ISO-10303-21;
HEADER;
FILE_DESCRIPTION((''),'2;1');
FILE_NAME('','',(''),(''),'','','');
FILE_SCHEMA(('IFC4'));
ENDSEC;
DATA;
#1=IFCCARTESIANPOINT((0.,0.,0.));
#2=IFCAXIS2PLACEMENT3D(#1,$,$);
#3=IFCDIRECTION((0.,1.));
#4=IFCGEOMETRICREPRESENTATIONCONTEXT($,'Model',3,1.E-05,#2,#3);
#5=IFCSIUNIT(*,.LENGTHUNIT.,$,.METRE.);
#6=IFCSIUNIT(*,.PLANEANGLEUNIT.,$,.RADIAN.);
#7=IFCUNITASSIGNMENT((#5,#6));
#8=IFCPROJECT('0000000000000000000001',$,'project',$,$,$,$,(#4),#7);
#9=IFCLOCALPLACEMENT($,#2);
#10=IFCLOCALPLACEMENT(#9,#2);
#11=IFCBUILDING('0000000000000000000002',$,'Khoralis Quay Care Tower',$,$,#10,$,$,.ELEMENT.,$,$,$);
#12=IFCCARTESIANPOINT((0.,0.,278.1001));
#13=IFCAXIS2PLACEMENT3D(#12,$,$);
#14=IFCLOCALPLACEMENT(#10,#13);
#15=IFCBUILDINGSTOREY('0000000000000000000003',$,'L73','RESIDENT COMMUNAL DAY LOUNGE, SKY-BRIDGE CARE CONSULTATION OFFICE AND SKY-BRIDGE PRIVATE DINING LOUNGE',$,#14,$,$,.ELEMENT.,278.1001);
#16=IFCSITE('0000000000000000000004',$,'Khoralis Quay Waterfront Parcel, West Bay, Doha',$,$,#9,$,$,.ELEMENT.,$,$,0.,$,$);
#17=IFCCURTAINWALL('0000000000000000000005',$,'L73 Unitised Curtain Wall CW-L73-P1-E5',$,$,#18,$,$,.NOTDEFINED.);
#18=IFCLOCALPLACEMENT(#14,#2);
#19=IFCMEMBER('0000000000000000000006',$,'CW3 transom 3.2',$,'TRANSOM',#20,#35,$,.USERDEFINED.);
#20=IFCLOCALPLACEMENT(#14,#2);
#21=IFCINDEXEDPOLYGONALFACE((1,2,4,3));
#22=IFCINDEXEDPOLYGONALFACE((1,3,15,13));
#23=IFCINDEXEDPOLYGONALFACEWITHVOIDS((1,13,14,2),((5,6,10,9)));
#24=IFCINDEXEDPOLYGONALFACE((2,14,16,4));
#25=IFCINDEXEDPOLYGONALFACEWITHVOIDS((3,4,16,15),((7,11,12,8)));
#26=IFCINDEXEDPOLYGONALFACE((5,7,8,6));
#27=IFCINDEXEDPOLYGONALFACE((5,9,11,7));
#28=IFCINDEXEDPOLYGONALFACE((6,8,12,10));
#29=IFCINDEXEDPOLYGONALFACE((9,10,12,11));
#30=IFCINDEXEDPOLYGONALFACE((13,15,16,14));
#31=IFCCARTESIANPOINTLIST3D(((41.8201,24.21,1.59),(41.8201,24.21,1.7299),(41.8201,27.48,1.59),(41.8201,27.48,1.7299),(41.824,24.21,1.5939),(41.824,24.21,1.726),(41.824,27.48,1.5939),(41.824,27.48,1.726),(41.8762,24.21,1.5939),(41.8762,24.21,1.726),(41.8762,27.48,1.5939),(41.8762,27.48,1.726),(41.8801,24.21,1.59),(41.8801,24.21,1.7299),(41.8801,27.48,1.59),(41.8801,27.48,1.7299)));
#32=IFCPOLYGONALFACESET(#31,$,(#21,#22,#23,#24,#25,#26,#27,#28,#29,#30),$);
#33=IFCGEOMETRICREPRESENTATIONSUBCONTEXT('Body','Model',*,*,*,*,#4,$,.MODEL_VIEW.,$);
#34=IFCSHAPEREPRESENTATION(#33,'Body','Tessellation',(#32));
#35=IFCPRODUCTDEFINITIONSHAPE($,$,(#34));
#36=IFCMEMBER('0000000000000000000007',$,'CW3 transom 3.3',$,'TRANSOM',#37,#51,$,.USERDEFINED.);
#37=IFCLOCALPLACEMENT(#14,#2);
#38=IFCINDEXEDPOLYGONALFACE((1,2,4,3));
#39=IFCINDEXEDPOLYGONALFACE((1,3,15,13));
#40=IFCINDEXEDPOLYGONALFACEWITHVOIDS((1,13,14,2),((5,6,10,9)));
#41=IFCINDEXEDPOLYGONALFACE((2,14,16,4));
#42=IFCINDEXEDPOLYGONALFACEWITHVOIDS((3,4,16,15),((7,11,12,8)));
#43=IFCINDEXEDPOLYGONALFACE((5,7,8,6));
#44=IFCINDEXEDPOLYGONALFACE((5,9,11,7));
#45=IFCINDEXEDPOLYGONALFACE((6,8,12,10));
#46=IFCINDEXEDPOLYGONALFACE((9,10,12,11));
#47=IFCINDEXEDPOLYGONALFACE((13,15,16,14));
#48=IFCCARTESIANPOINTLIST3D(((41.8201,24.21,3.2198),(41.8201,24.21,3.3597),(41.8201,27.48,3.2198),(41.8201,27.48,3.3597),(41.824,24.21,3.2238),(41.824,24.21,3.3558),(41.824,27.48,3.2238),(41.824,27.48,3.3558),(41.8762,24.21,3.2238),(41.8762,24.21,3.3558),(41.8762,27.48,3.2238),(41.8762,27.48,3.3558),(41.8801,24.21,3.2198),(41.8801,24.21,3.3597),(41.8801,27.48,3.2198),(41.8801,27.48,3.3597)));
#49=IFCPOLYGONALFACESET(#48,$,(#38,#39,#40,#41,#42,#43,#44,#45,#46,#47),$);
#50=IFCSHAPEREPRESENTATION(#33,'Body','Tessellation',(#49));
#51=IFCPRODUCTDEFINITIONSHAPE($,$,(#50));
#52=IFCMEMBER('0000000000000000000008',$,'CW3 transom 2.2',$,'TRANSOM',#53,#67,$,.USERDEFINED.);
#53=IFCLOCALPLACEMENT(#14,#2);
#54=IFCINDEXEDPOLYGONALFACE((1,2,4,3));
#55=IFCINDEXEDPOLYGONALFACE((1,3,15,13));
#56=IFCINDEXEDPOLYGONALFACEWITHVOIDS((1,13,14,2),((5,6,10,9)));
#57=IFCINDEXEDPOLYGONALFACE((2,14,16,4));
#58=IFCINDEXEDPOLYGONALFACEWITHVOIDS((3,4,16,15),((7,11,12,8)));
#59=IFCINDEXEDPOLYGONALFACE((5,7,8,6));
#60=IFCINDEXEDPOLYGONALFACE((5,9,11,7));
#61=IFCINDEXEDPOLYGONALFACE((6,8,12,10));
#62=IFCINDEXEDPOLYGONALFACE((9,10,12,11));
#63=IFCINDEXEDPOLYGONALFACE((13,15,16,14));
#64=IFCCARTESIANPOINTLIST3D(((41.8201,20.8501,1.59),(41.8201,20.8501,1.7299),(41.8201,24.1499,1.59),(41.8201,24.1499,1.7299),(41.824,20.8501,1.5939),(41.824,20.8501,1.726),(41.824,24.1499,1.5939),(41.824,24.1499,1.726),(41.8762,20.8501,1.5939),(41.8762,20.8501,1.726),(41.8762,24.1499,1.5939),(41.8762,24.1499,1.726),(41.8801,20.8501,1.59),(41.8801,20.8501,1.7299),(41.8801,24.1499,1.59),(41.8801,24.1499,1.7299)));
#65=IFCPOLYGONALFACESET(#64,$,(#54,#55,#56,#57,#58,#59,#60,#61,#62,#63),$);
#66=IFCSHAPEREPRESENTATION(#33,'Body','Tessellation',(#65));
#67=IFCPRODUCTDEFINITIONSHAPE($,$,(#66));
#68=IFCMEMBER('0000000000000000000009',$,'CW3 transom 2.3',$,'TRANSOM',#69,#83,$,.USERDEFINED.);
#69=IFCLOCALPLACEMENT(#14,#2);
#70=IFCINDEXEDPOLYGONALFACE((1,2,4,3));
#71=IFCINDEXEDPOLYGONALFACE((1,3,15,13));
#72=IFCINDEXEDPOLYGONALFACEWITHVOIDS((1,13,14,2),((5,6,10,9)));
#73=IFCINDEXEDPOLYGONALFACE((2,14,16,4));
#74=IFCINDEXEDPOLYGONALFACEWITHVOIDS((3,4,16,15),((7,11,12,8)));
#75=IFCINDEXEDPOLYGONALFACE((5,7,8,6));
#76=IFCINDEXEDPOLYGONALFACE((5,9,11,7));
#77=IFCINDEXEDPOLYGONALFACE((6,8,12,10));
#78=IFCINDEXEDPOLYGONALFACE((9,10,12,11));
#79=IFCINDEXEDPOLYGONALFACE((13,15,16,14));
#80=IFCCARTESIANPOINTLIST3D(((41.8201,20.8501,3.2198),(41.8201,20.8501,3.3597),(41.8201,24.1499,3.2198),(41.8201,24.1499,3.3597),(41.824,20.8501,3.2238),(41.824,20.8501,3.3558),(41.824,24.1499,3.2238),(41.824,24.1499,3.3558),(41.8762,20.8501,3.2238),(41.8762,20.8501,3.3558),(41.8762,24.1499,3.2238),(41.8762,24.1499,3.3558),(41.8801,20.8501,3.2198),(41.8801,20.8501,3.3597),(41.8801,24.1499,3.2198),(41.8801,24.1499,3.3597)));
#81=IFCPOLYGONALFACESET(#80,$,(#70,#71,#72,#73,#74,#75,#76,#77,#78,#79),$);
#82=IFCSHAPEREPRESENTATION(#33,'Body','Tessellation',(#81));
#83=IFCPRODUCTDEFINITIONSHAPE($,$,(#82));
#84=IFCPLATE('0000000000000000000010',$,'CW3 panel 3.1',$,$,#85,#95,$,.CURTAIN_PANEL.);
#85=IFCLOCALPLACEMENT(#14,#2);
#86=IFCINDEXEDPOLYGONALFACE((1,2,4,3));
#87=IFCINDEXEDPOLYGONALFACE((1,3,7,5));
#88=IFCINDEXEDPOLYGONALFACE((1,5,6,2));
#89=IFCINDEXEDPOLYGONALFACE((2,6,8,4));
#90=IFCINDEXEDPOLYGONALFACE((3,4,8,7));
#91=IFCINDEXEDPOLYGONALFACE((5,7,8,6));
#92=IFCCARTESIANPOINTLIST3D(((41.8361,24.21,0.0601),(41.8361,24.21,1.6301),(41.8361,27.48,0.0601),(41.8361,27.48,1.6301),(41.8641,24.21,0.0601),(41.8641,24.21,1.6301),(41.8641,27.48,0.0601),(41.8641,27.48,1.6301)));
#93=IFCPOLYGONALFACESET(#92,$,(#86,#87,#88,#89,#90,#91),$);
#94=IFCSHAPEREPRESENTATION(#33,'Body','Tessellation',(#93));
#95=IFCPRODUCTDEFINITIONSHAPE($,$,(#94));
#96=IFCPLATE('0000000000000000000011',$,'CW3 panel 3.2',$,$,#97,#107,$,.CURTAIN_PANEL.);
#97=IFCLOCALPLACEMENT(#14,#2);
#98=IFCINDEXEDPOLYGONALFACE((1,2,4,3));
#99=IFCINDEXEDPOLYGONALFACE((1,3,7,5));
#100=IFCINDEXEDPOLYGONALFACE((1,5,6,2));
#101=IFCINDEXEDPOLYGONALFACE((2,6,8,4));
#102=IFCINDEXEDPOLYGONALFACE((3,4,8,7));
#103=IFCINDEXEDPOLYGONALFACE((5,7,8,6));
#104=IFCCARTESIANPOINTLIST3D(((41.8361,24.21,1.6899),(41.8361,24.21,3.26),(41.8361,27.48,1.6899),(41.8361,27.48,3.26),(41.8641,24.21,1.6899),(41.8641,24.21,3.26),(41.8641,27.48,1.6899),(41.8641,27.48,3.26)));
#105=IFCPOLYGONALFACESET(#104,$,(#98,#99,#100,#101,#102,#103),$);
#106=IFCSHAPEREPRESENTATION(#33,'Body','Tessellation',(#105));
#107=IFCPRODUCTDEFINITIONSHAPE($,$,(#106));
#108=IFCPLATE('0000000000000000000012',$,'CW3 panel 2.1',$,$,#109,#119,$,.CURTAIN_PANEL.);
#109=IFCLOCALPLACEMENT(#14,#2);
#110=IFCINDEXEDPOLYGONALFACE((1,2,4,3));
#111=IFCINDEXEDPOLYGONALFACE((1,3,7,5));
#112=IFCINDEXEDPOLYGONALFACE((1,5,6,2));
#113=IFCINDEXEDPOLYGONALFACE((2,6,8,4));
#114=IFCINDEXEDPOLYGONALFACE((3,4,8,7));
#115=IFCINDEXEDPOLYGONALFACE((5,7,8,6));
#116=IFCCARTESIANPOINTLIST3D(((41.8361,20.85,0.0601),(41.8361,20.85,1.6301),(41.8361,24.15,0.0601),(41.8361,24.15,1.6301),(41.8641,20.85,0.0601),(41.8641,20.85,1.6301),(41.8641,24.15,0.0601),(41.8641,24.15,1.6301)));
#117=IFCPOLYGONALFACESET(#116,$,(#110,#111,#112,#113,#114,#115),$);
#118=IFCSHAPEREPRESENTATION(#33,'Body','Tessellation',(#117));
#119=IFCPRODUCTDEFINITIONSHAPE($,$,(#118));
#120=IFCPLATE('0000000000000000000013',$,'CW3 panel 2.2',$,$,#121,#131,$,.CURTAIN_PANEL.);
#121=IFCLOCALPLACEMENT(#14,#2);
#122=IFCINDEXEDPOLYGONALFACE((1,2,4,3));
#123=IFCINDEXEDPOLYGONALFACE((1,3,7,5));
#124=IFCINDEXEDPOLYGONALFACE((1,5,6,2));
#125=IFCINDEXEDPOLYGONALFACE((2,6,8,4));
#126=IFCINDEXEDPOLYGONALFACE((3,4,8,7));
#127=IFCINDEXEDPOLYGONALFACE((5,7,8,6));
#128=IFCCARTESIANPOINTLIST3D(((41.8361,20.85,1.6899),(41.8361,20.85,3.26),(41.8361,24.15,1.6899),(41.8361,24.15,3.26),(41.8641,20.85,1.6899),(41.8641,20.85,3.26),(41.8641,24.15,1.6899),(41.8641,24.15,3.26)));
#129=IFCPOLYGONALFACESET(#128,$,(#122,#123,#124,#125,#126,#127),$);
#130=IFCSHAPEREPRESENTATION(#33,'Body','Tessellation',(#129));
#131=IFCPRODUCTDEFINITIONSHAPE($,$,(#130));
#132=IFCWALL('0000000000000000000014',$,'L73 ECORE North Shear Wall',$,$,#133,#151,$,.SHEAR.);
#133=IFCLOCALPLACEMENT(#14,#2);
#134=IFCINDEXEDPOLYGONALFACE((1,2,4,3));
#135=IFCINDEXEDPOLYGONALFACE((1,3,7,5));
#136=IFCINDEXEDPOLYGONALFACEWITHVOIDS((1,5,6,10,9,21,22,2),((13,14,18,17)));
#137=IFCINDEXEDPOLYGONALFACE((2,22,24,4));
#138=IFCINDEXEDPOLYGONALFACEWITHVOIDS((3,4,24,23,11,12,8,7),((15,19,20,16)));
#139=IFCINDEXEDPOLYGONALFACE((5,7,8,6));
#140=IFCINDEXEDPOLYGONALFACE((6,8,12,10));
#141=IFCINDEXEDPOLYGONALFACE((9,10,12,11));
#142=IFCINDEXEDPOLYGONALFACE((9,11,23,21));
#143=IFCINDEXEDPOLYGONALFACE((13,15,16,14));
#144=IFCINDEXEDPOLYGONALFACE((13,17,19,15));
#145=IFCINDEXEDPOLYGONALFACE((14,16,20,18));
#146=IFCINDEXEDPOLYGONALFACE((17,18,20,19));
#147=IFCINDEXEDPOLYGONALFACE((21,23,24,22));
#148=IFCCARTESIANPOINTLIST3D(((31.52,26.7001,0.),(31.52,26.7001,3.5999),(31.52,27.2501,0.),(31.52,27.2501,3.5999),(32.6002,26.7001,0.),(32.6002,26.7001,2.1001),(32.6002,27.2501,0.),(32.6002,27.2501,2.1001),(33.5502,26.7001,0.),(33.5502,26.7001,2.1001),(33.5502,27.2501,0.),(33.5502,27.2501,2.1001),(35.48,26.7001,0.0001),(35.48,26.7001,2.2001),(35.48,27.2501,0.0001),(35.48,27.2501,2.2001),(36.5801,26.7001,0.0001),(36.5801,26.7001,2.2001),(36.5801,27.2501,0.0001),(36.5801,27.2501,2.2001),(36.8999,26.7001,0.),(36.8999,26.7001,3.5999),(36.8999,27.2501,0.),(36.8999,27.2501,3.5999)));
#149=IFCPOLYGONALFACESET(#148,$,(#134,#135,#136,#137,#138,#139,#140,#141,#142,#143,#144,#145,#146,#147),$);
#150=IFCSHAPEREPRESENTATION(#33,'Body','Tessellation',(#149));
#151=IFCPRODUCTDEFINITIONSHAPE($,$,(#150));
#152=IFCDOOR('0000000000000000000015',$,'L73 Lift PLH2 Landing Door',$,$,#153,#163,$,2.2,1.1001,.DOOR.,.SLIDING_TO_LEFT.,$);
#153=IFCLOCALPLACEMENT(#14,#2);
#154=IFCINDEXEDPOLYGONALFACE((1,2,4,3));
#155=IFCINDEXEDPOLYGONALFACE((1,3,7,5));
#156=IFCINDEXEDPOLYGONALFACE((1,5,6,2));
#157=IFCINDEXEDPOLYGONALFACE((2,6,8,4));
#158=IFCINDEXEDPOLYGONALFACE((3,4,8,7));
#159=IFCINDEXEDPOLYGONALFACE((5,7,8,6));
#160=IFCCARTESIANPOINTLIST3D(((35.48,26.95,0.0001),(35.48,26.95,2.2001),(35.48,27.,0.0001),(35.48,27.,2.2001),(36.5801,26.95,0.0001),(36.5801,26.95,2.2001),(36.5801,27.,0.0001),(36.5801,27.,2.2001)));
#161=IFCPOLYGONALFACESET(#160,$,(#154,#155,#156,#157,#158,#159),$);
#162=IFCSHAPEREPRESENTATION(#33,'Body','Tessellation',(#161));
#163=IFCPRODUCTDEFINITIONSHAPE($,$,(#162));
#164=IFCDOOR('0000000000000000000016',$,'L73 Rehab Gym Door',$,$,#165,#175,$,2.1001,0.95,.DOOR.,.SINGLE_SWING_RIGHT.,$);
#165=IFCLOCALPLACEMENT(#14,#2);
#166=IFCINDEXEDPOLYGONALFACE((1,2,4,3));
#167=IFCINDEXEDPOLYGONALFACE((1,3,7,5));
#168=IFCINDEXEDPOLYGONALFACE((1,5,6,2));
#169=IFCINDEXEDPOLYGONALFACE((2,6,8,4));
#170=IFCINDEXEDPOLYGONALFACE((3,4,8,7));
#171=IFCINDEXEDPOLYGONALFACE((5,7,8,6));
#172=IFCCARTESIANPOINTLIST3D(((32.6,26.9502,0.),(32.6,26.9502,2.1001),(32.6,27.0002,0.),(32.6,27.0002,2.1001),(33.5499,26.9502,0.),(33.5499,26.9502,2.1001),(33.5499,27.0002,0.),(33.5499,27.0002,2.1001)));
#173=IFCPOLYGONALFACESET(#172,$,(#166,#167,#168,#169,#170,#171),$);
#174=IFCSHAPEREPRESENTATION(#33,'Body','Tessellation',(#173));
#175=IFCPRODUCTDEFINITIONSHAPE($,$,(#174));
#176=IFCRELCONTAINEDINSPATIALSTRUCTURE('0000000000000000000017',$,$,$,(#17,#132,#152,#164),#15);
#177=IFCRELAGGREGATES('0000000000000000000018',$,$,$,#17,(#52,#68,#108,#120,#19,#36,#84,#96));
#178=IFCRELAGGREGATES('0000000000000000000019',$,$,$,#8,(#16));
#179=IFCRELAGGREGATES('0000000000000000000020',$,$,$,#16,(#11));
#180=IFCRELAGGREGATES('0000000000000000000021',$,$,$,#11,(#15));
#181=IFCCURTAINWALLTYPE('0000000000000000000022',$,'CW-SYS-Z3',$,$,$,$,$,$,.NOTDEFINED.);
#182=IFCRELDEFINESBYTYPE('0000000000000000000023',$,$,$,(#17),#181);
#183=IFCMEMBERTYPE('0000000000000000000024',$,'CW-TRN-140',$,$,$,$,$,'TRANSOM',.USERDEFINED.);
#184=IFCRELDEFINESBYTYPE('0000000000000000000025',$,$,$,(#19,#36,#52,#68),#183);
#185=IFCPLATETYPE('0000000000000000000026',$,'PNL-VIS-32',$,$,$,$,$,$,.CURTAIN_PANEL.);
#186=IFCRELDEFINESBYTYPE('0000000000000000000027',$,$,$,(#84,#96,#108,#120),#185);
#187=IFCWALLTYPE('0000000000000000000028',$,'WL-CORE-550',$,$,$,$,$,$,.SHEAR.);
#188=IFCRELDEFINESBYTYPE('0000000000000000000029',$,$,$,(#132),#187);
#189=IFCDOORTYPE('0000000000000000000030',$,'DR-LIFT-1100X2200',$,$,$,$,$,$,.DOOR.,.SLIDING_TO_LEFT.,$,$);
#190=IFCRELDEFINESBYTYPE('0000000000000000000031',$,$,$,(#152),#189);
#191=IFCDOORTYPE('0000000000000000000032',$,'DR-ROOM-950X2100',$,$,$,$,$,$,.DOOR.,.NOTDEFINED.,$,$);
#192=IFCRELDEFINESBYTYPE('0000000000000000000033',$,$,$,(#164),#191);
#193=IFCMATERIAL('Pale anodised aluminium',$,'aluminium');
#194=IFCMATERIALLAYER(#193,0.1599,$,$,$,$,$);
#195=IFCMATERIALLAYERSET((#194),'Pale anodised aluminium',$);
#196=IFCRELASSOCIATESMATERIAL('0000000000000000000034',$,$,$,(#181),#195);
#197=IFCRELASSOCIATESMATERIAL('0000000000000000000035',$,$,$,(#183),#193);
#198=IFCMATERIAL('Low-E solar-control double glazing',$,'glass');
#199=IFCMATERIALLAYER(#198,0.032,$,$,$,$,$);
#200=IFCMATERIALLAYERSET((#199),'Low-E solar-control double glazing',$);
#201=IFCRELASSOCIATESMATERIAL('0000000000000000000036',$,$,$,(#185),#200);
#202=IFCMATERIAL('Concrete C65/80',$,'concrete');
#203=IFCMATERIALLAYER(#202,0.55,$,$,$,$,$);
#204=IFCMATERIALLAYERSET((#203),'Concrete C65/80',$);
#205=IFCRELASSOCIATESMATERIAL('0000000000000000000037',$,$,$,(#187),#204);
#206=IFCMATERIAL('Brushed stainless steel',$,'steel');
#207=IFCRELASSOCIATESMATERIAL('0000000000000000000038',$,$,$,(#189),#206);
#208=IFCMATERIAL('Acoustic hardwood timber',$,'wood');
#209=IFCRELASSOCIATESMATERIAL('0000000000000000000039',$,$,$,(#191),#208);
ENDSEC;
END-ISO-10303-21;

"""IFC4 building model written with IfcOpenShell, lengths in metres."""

from ifc_helpers import new_model, si_unit, direction, frame, frame_2d, origin, origin_2d, place, context, subcontext, project, spatial, rectangle, hollow_rectangle, extrude, source, transform, mapped, material, layer, layer_set, material_profile, profile_set, type_object, element, fill, aggregate, save


model = new_model("IFC4")

# Units and contexts
model_context = context("Model", 3, precision=1e-05, world=origin(), true_north=direction((0.0, 1.0)))
body_context = subcontext(model_context, "Body", "Model", "MODEL_VIEW")
ifc_project = project(units=[si_unit("LENGTHUNIT", "METRE"), si_unit("PLANEANGLEUNIT", "RADIAN")], contexts=[model_context])

# Site, building, storey
site_placement = place(None, origin())
site = spatial("IfcSite", under=ifc_project, at=site_placement, Name="Khoralis Quay Waterfront Parcel, West Bay, Doha", CompositionType="ELEMENT", RefElevation=0.0)
building_placement = place(site_placement, origin())
building = spatial("IfcBuilding", under=site, at=building_placement, Name="Khoralis Quay Care Tower", CompositionType="ELEMENT")
storey_placement = place(building_placement, frame((0.0, 0.0, 278.1001)))
storey = spatial("IfcBuildingStorey", under=building, at=storey_placement, Name="L73", Description="RESIDENT COMMUNAL DAY LOUNGE, SKY-BRIDGE CARE CONSULTATION OFFICE AND SKY-BRIDGE PRIVATE DINING LOUNGE", CompositionType="ELEMENT", Elevation=278.1001)

# Curtain wall, members, plates
ifc_material_1 = material(Name="Pale anodised aluminium", Category="aluminium")
ifc_layer_1 = layer(ifc_material_1, 0.1599)
ifc_layer_set_1 = layer_set([ifc_layer_1], Name="Pale anodised aluminium")
curtain_wall_type = type_object("IfcCurtainWallType", Name="CW-SYS-Z3", PredefinedType="NOTDEFINED", material=ifc_layer_set_1)
curtain_wall_placement = place(storey_placement, origin())
curtain_wall = element("IfcCurtainWall", 1, at=curtain_wall_placement, inside=storey, type_object=curtain_wall_type, Name="L73 Unitised Curtain Wall CW-L73-P1-E5", PredefinedType="NOTDEFINED")
ifc_material_profile_1 = material_profile(ifc_material_1, hollow_rectangle(XDim=0.0601, YDim=0.1399, WallThickness=0.0039, at=origin_2d()), Name="Pale anodised aluminium")
ifc_profile_set_1 = profile_set([ifc_material_profile_1], Name="Pale anodised aluminium")
member_type_1 = type_object("IfcMemberType", Name="CW-TRN-140", ElementType="TRANSOM", PredefinedType="USERDEFINED", material=ifc_profile_set_1)
shared_shape_1 = source(origin(), body_context, "Body", "SweptSolid", [
    extrude(hollow_rectangle(XDim=0.0601, YDim=0.1399, WallThickness=0.0039, at=origin_2d()), origin(), (0.0, 0.0, 1.0), 3.27),
])
member_1_placement = place(storey_placement, frame((41.8501, 24.21, 1.6599), z_axis=(0.0, 1.0, 0.0), x_axis=(-1.0, 0.0, 0.0)))
member_1 = element("IfcMember", 2, at=member_1_placement, type_object=member_type_1, Name="CW3 transom 3.2", ObjectType="TRANSOM", PredefinedType="USERDEFINED", context=body_context, shape_type="MappedRepresentation", body=[
    mapped(shared_shape_1, transform((0.0, 0.0, 0.0), scale=1.0)),
])
member_2_placement = place(storey_placement, frame((41.8501, 24.21, 3.2898), z_axis=(0.0, 1.0, 0.0), x_axis=(-1.0, 0.0, 0.0)))
member_2 = element("IfcMember", 3, at=member_2_placement, type_object=member_type_1, Name="CW3 transom 3.3", ObjectType="TRANSOM", PredefinedType="USERDEFINED", context=body_context, shape_type="MappedRepresentation", body=[
    mapped(shared_shape_1, transform((0.0, 0.0, 0.0), scale=1.0)),
])
shared_shape_2 = source(origin(), body_context, "Body", "SweptSolid", [
    extrude(hollow_rectangle(XDim=0.0601, YDim=0.1399, WallThickness=0.0039, at=origin_2d()), origin(), (0.0, 0.0, 1.0), 3.2998),
])
member_3_placement = place(storey_placement, frame((41.8501, 20.8501, 1.6599), z_axis=(0.0, 1.0, 0.0), x_axis=(-1.0, 0.0, 0.0)))
member_3 = element("IfcMember", 4, at=member_3_placement, type_object=member_type_1, Name="CW3 transom 2.2", ObjectType="TRANSOM", PredefinedType="USERDEFINED", context=body_context, shape_type="MappedRepresentation", body=[
    mapped(shared_shape_2, transform((0.0, 0.0, 0.0), scale=1.0)),
])
member_4_placement = place(storey_placement, frame((41.8501, 20.8501, 3.2898), z_axis=(0.0, 1.0, 0.0), x_axis=(-1.0, 0.0, 0.0)))
member_4 = element("IfcMember", 5, at=member_4_placement, type_object=member_type_1, Name="CW3 transom 2.3", ObjectType="TRANSOM", PredefinedType="USERDEFINED", context=body_context, shape_type="MappedRepresentation", body=[
    mapped(shared_shape_2, transform((0.0, 0.0, 0.0), scale=1.0)),
])
ifc_material_2 = material(Name="Low-E solar-control double glazing", Category="glass")
ifc_layer_2 = layer(ifc_material_2, 0.032)
ifc_layer_set_2 = layer_set([ifc_layer_2], Name="Low-E solar-control double glazing")
plate_type = type_object("IfcPlateType", Name="PNL-VIS-32", PredefinedType="CURTAIN_PANEL", material=ifc_layer_set_2)
shared_shape_3 = source(origin(), body_context, "Body", "SweptSolid", [
    extrude(rectangle(XDim=3.27, YDim=0.0281, at=origin_2d()), origin(), (0.0, 0.0, 1.0), 1.5701),
])
plate_1_placement = place(storey_placement, frame((41.8501, 25.845, 0.0601), z_axis=(0.0, 0.0, 1.0), x_axis=(0.0, 1.0, 0.0)))
plate_1 = element("IfcPlate", 6, at=plate_1_placement, type_object=plate_type, Name="CW3 panel 3.1", PredefinedType="CURTAIN_PANEL", context=body_context, shape_type="MappedRepresentation", body=[
    mapped(shared_shape_3, transform((0.0, 0.0, 0.0), scale=1.0)),
])
plate_2_placement = place(storey_placement, frame((41.8501, 25.845, 1.6899), z_axis=(0.0, 0.0, 1.0), x_axis=(0.0, 1.0, 0.0)))
plate_2 = element("IfcPlate", 7, at=plate_2_placement, type_object=plate_type, Name="CW3 panel 3.2", PredefinedType="CURTAIN_PANEL", context=body_context, shape_type="MappedRepresentation", body=[
    mapped(shared_shape_3, transform((0.0, 0.0, 0.0), scale=1.0)),
])
shared_shape_4 = source(origin(), body_context, "Body", "SweptSolid", [
    extrude(rectangle(XDim=3.3, YDim=0.0281, at=origin_2d()), origin(), (0.0, 0.0, 1.0), 1.5701),
])
plate_3_placement = place(storey_placement, frame((41.8501, 22.5, 0.0601), z_axis=(0.0, 0.0, 1.0), x_axis=(0.0, 1.0, 0.0)))
plate_3 = element("IfcPlate", 8, at=plate_3_placement, type_object=plate_type, Name="CW3 panel 2.1", PredefinedType="CURTAIN_PANEL", context=body_context, shape_type="MappedRepresentation", body=[
    mapped(shared_shape_4, transform((0.0, 0.0, 0.0), scale=1.0)),
])
plate_4_placement = place(storey_placement, frame((41.8501, 22.5, 1.6899), z_axis=(0.0, 0.0, 1.0), x_axis=(0.0, 1.0, 0.0)))
plate_4 = element("IfcPlate", 9, at=plate_4_placement, type_object=plate_type, Name="CW3 panel 2.2", PredefinedType="CURTAIN_PANEL", context=body_context, shape_type="MappedRepresentation", body=[
    mapped(shared_shape_4, transform((0.0, 0.0, 0.0), scale=1.0)),
])
aggregate(curtain_wall, [member_3, member_4, plate_3, plate_4, member_1, member_2, plate_1, plate_2])

# Wall, openings, doors
ifc_material_3 = material(Name="Concrete C65/80", Category="concrete")
ifc_layer_3 = layer(ifc_material_3, 0.55)
ifc_layer_set_3 = layer_set([ifc_layer_3], Name="Concrete C65/80")
wall_type_1 = type_object("IfcWallType", Name="WL-CORE-550", PredefinedType="SHEAR", material=ifc_layer_set_3)
wall_1_placement = place(storey_placement, frame((31.52, 26.9751, 0.0), z_axis=(0.0, 0.0, 1.0), x_axis=(1.0, 0.0, 0.0)))
wall_1 = element("IfcWall", 10, at=wall_1_placement, inside=storey, type_object=wall_type_1, Name="L73 ECORE North Shear Wall", PredefinedType="SHEAR", context=body_context, shape_type="SweptSolid", body=[
    extrude(rectangle(XDim=5.3799, YDim=0.55, at=frame_2d((2.6899, 0.0))), origin(), (0.0, 0.0, 1.0), 3.5999),
])
opening_1_placement = place(wall_1_placement, frame((1.0801, 0.0, 0.0)))
opening_1 = element("IfcOpeningElement", 11, at=opening_1_placement, cuts=wall_1, PredefinedType="OPENING", context=body_context, shape_type="SweptSolid", body=[
    extrude(rectangle(XDim=0.95, YDim=2.1001, at=frame_2d((0.4751, 1.05))), frame((0.0, 0.2852, 0.0), z_axis=(0.0, -1.0, 0.0), x_axis=(1.0, 0.0, 0.0)), (0.0, 0.0, 1.0), 0.5701),
])
opening_2_placement = place(wall_1_placement, frame((3.96, 0.0, 0.0)))
opening_2 = element("IfcOpeningElement", 12, at=opening_2_placement, cuts=wall_1, PredefinedType="OPENING", context=body_context, shape_type="SweptSolid", body=[
    extrude(rectangle(XDim=1.1001, YDim=2.2, at=frame_2d((0.55, 1.1001))), frame((0.0, 0.2852, 0.0), z_axis=(0.0, -1.0, 0.0), x_axis=(1.0, 0.0, 0.0)), (0.0, 0.0, 1.0), 0.5701),
])
ifc_material_4 = material(Name="Brushed stainless steel", Category="steel")
door_type_1 = type_object("IfcDoorType", Name="DR-LIFT-1100X2200", OperationType="SLIDING_TO_LEFT", PredefinedType="DOOR", material=ifc_material_4)
shared_shape_5 = source(origin(), body_context, "Body", "SweptSolid", [
    extrude(rectangle(XDim=1.1001, YDim=2.2, at=frame_2d((0.55, 1.1001))), frame((0.0, 0.0249, 0.0), z_axis=(0.0, -1.0, 0.0), x_axis=(1.0, 0.0, 0.0)), (0.0, 0.0, 1.0), 0.05),
])
door_1_placement = place(opening_2_placement, origin())
door_1 = element("IfcDoor", 13, at=door_1_placement, inside=storey, type_object=door_type_1, Name="L73 Lift PLH2 Landing Door", OperationType="SLIDING_TO_LEFT", OverallHeight=2.2, OverallWidth=1.1001, PredefinedType="DOOR", context=body_context, shape_type="MappedRepresentation", body=[
    mapped(shared_shape_5, transform((0.0, 0.0, 0.0), scale=1.0)),
])
fill(opening_2, door_1)
ifc_material_5 = material(Name="Acoustic hardwood timber", Category="wood")
door_type_2 = type_object("IfcDoorType", Name="DR-ROOM-950X2100", OperationType="NOTDEFINED", PredefinedType="DOOR", material=ifc_material_5)
shared_shape_6 = source(origin(), body_context, "Body", "SweptSolid", [
    extrude(rectangle(XDim=0.95, YDim=2.1001, at=frame_2d((0.4751, 1.05))), frame((0.0, 0.0249, 0.0), z_axis=(0.0, -1.0, 0.0), x_axis=(1.0, 0.0, 0.0)), (0.0, 0.0, 1.0), 0.05),
])
door_2_placement = place(opening_1_placement, frame((0.95, 0.0, 0.0), z_axis=(0.0, 0.0, 1.0), x_axis=(-1.0, 0.0, 0.0)))
door_2 = element("IfcDoor", 14, at=door_2_placement, inside=storey, type_object=door_type_2, Name="L73 Rehab Gym Door", OperationType="SINGLE_SWING_RIGHT", OverallHeight=2.1001, OverallWidth=0.95, PredefinedType="DOOR", context=body_context, shape_type="MappedRepresentation", body=[
    mapped(shared_shape_6, transform((0.0, 0.0, 0.0), scale=1.0)),
])
fill(opening_1, door_2)

save(model, "model.ifc")
